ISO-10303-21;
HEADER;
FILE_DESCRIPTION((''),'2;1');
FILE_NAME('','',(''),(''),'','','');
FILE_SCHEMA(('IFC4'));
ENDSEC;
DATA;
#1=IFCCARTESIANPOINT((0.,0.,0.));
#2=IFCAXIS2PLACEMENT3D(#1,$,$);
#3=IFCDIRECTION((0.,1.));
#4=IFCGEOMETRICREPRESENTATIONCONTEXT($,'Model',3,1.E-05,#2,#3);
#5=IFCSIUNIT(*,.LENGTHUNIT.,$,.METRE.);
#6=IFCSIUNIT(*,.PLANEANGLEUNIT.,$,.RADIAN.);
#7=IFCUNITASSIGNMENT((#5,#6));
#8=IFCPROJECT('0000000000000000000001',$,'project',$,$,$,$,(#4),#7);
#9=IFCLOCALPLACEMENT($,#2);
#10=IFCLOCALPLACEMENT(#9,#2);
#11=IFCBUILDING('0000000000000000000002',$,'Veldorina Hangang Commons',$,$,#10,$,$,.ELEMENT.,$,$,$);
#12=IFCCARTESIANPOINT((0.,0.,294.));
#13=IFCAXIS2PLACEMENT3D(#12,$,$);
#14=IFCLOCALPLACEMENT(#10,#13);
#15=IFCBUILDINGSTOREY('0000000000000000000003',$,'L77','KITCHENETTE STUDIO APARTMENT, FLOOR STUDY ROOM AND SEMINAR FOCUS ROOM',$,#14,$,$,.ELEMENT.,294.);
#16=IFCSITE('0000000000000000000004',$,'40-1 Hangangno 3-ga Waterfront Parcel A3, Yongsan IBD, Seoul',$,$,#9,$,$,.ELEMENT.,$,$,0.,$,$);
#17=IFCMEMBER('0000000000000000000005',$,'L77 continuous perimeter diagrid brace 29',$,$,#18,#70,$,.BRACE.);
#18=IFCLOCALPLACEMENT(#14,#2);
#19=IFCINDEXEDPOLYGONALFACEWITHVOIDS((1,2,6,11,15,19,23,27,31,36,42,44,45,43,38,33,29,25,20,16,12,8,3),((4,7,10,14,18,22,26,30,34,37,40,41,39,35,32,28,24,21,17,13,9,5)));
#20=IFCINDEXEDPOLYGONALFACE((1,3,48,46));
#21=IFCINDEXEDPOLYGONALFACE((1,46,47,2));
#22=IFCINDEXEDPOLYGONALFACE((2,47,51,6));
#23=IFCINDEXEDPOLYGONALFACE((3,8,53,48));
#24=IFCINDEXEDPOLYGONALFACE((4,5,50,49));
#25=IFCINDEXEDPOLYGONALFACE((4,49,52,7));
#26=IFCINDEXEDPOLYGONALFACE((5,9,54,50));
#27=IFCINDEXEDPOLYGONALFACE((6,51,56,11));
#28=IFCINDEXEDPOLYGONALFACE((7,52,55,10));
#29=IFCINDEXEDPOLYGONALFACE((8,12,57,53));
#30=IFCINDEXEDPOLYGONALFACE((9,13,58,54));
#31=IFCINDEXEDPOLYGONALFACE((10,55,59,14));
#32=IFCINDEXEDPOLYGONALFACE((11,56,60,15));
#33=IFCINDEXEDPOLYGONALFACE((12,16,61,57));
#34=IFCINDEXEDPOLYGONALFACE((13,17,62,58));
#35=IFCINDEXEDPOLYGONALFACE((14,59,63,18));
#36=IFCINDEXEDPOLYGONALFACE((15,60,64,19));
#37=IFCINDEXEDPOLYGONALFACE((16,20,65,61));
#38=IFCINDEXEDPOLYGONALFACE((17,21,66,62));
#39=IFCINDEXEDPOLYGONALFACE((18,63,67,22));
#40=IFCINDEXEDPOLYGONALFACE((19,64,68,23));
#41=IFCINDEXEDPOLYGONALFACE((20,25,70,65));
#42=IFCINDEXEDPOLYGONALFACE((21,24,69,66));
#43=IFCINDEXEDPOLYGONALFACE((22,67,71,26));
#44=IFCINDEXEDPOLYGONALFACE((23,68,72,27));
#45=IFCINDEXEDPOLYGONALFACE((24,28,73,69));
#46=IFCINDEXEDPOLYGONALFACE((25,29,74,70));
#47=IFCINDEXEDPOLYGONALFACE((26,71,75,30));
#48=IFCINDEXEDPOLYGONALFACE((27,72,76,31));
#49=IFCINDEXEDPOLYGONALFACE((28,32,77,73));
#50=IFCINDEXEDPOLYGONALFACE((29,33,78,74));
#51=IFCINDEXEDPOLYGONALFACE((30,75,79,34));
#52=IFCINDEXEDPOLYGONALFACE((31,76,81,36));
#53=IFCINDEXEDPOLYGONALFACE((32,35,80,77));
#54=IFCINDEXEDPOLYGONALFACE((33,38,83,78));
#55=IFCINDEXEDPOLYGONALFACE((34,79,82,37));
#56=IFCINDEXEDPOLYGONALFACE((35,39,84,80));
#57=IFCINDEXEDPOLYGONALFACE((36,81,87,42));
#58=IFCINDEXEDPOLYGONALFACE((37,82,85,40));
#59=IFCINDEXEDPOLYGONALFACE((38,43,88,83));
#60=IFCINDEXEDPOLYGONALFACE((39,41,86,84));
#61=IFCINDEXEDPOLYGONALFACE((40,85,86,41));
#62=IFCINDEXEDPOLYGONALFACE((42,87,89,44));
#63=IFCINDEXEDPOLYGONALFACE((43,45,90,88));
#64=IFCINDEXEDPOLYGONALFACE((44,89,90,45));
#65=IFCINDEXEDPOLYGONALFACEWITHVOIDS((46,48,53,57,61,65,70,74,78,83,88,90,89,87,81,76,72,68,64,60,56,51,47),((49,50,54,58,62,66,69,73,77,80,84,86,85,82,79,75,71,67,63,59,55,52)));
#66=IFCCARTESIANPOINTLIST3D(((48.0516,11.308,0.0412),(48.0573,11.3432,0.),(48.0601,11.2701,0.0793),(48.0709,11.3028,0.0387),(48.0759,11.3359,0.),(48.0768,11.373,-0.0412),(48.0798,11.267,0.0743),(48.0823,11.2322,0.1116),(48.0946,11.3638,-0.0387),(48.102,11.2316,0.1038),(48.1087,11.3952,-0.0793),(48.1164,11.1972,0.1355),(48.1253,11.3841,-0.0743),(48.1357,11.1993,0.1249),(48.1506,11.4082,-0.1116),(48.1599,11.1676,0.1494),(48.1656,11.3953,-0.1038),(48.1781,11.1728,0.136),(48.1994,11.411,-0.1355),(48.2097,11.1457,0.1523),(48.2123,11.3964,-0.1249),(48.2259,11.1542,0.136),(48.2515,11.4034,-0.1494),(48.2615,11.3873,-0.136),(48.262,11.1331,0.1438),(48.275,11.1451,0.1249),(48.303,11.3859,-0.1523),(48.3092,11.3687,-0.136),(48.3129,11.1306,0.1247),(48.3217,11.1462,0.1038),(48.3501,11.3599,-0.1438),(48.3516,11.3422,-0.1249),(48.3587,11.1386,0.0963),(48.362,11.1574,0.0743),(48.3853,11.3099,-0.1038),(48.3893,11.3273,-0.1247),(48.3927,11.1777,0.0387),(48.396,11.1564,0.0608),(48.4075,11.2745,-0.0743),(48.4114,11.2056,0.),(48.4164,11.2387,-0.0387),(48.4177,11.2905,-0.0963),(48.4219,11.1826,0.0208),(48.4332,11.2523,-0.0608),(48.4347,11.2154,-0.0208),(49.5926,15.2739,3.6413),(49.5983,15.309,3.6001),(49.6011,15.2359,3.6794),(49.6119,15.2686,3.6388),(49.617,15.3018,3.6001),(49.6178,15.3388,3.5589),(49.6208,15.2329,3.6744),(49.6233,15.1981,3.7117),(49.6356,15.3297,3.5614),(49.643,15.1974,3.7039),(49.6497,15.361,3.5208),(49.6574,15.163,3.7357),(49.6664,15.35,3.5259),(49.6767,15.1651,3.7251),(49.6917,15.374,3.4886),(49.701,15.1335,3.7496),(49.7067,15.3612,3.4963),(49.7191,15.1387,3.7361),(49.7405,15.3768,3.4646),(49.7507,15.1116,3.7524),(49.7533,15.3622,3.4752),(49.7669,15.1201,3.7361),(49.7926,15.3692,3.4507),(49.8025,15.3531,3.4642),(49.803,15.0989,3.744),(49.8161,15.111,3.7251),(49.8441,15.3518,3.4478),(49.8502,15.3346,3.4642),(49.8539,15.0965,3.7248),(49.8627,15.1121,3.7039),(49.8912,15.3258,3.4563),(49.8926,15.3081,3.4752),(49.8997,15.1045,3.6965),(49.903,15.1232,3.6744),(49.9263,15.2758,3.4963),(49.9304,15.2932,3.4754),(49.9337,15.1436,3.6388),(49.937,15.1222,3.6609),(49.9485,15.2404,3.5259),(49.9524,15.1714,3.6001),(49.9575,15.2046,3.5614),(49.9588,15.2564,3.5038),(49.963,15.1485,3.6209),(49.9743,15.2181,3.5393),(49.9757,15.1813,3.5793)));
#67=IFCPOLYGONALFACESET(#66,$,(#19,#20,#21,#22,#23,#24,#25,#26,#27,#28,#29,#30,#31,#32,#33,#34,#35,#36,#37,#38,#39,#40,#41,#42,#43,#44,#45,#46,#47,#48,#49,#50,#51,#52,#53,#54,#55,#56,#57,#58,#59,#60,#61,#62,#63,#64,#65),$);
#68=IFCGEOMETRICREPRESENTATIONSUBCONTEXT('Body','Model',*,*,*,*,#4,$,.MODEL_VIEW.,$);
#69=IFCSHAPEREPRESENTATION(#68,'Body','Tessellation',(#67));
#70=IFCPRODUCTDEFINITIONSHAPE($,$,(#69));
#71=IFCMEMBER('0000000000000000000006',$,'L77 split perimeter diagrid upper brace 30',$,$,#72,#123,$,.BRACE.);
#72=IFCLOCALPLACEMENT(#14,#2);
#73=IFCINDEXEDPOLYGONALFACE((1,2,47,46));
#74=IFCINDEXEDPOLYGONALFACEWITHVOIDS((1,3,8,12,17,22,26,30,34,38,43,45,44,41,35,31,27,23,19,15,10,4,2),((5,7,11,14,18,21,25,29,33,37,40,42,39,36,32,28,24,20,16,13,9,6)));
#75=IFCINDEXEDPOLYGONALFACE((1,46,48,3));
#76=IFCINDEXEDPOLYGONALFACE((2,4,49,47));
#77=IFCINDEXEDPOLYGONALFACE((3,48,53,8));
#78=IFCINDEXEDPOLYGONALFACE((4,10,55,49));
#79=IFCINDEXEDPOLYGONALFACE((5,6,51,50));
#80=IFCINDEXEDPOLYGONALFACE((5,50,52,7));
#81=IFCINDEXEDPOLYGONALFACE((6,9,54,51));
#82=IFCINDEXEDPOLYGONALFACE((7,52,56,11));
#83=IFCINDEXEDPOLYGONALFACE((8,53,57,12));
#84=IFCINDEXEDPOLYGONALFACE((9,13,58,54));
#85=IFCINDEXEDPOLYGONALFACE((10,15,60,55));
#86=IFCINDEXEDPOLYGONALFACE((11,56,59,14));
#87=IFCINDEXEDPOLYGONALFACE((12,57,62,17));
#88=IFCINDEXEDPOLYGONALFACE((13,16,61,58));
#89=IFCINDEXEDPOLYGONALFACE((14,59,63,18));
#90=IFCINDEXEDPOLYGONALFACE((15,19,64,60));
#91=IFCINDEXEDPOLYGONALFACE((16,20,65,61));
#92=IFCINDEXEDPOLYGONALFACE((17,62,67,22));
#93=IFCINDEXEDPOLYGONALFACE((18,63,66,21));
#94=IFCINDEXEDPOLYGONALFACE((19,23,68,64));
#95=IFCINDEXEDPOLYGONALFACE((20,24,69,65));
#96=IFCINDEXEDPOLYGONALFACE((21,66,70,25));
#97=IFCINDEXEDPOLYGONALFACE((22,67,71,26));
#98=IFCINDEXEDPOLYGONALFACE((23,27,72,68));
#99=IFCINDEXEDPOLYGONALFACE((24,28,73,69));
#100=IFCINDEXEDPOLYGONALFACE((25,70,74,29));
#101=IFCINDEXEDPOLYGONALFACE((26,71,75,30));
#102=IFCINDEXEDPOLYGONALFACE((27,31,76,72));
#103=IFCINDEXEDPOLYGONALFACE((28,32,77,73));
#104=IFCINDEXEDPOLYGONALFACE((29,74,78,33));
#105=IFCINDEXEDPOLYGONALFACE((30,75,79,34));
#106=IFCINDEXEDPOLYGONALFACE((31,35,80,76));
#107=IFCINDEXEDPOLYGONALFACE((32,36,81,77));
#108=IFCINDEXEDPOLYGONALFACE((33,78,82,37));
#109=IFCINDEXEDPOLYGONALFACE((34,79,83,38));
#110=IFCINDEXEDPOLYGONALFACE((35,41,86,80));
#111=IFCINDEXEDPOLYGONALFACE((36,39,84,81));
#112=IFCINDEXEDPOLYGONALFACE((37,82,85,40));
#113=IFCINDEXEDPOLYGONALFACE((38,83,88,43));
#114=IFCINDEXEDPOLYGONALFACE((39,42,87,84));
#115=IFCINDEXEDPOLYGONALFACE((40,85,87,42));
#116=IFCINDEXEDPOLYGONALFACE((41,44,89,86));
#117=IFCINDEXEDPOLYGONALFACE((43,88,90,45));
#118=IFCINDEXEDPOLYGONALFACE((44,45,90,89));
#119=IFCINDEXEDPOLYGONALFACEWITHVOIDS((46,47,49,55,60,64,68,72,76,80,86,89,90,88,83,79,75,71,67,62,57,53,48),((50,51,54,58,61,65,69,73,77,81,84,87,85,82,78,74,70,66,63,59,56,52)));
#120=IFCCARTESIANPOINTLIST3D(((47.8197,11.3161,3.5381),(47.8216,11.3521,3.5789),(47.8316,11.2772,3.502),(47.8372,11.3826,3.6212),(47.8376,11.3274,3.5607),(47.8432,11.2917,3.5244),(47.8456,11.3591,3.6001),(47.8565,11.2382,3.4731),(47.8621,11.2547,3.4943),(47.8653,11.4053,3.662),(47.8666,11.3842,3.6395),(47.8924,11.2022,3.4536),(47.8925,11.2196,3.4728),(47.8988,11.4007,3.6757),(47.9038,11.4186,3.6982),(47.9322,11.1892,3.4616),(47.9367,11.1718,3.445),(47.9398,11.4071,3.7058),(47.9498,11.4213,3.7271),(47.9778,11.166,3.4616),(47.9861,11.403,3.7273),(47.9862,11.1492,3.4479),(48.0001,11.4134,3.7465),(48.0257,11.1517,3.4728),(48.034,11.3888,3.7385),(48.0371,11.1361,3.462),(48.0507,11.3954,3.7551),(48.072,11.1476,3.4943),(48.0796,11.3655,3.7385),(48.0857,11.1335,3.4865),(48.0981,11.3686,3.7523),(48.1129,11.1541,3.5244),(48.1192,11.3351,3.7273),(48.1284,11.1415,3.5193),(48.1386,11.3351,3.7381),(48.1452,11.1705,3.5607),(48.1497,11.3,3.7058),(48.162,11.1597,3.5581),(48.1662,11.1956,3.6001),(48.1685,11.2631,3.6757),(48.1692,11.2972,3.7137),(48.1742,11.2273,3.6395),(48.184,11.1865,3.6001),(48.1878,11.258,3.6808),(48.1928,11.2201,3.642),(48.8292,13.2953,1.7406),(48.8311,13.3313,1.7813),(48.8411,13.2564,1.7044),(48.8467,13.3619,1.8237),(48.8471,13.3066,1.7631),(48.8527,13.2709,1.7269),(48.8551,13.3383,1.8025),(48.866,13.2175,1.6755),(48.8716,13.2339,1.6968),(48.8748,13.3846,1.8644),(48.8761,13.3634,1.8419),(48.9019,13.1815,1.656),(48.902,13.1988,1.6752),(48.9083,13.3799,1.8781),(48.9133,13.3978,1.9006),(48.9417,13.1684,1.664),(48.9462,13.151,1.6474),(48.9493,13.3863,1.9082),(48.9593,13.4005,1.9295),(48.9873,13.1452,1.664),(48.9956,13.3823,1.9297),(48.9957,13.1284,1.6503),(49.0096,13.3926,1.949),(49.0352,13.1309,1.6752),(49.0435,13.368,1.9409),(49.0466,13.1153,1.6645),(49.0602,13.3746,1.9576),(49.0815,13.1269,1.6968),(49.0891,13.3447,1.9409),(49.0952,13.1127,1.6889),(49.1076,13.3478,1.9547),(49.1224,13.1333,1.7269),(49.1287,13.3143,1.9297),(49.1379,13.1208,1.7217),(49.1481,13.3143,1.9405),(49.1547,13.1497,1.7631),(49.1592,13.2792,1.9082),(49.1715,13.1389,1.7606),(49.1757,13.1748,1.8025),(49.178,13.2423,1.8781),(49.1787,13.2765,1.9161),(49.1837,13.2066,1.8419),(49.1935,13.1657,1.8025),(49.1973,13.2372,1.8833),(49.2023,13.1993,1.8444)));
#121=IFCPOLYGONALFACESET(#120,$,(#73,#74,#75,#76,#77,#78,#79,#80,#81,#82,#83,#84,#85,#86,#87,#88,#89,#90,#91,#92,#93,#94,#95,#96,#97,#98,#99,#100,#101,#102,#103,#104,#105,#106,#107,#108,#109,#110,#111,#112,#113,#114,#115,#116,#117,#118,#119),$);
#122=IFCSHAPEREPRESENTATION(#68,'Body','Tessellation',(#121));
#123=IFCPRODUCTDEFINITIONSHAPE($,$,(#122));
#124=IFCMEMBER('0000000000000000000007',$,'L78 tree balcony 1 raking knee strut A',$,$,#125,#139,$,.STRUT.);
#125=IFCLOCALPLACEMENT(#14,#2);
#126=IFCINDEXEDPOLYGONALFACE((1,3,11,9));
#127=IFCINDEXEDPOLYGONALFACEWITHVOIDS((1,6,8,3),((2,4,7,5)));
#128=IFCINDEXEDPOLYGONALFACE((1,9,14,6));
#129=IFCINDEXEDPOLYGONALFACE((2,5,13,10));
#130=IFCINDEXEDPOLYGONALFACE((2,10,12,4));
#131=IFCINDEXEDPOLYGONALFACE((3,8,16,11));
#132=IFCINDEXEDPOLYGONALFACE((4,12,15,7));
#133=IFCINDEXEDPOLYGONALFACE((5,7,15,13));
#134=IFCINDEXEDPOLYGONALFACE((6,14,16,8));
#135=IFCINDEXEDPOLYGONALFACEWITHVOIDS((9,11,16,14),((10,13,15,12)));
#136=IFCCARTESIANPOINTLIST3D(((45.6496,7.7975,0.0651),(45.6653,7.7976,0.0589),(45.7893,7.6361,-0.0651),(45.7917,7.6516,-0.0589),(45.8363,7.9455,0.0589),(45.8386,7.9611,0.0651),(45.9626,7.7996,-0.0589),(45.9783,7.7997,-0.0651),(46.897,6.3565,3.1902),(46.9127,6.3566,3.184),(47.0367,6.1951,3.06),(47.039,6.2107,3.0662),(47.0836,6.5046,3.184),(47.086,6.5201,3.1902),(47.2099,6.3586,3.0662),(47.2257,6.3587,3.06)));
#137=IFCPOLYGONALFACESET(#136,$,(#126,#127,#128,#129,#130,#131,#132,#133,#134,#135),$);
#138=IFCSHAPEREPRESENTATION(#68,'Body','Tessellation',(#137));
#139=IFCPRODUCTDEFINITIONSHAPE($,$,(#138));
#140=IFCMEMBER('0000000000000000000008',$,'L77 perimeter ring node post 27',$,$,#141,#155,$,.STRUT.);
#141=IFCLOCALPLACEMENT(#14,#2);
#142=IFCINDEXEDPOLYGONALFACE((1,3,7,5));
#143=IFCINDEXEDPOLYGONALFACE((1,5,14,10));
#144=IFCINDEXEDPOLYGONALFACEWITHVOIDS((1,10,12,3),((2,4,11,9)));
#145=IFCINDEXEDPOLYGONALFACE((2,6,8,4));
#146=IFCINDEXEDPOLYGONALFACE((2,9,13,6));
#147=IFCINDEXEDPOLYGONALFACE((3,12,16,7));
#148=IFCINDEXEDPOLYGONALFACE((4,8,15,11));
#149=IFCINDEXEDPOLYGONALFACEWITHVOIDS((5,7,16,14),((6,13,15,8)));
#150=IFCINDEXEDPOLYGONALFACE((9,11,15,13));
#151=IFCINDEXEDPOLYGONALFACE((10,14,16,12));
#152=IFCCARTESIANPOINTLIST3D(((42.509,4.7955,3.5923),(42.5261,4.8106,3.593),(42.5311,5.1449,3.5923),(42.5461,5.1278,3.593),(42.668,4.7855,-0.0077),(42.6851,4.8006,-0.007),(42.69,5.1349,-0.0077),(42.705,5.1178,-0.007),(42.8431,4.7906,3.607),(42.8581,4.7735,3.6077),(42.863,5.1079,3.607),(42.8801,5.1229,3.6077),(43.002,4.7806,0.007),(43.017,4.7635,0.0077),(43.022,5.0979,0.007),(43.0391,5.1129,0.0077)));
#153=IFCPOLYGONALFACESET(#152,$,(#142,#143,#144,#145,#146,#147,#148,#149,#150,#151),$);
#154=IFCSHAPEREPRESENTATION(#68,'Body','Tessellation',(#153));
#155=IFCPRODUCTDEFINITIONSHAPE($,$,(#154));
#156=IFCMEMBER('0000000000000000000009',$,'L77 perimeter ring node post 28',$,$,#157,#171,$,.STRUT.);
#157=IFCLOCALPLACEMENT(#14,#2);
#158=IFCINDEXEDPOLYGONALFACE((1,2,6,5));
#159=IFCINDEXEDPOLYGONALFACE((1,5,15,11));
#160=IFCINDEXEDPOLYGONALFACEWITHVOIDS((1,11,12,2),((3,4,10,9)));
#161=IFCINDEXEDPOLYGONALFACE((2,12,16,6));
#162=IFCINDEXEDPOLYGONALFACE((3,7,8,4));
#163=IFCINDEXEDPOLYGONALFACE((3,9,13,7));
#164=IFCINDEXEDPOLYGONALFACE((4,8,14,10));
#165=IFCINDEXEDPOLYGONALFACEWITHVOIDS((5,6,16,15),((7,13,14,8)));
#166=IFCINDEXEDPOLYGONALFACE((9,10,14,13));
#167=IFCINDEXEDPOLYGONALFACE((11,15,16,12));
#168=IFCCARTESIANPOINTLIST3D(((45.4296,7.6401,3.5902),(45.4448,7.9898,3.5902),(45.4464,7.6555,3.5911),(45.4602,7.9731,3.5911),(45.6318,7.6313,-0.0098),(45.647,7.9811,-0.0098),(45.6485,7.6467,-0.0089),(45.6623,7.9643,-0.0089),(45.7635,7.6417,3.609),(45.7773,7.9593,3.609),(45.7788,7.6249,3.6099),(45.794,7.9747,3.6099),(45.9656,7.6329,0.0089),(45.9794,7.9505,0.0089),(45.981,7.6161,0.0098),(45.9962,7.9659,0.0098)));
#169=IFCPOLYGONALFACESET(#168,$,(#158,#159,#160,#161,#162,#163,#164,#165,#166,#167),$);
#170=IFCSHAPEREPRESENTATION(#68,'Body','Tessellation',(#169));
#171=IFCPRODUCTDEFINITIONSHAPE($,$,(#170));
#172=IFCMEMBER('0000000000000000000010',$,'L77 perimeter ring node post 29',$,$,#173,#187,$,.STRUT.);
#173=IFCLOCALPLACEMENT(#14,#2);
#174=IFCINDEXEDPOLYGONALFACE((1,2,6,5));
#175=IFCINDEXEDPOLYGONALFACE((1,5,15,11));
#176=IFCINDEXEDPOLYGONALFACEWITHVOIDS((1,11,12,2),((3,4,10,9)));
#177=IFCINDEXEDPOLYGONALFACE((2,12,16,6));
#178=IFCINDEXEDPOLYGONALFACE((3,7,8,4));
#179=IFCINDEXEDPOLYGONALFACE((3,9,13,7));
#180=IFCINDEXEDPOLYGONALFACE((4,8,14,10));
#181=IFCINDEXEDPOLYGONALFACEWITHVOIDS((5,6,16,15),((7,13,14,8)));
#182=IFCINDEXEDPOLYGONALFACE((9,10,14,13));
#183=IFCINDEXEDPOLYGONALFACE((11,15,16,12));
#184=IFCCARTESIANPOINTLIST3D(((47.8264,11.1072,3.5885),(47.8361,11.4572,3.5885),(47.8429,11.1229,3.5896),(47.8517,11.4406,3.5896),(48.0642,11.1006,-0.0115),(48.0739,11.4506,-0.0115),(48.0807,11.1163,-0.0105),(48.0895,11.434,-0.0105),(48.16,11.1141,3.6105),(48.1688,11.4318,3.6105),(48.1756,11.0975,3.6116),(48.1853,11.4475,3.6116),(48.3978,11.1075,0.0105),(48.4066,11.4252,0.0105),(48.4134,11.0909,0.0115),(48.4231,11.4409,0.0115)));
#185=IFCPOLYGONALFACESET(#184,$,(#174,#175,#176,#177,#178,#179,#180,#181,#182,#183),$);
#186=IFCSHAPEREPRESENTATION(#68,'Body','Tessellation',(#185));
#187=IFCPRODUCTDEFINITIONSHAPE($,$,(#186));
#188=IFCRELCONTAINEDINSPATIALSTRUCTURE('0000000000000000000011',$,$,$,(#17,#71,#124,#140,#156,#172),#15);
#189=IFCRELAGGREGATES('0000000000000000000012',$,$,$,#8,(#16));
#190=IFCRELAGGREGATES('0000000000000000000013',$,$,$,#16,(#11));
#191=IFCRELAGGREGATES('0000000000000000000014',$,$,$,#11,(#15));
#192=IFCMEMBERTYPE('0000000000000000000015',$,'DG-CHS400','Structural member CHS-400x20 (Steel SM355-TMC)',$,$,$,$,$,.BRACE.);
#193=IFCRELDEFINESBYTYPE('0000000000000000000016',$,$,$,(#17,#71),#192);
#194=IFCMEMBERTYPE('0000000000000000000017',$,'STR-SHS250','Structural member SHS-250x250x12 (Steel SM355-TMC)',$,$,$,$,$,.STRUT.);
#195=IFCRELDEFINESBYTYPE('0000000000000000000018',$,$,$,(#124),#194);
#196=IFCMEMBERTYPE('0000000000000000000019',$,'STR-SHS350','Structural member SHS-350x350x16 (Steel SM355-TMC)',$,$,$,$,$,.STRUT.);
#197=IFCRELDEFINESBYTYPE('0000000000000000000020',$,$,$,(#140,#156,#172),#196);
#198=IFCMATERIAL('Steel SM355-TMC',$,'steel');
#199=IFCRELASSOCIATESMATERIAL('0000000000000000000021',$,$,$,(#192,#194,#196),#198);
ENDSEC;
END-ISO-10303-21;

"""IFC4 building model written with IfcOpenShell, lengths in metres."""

from ifc_helpers import new_model, si_unit, direction, frame, origin, origin_2d, place, context, subcontext, project, spatial, hollow_rectangle, hollow_circle, extrude, material, material_profile, profile_set, type_object, element, save


model = new_model("IFC4")

# Units and contexts
model_context = context("Model", 3, precision=1e-05, world=origin(), true_north=direction((0.0, 1.0)))
body_context = subcontext(model_context, "Body", "Model", "MODEL_VIEW")
ifc_project = project(units=[si_unit("LENGTHUNIT", "METRE"), si_unit("PLANEANGLEUNIT", "RADIAN")], contexts=[model_context])

# Site, building, storey
site_placement = place(None, origin())
site = spatial("IfcSite", under=ifc_project, at=site_placement, Name="40-1 Hangangno 3-ga Waterfront Parcel A3, Yongsan IBD, Seoul", CompositionType="ELEMENT", RefElevation=0.0)
building_placement = place(site_placement, origin())
building = spatial("IfcBuilding", under=site, at=building_placement, Name="Veldorina Hangang Commons", CompositionType="ELEMENT")
storey_placement = place(building_placement, frame((0.0, 0.0, 294.0)))
storey = spatial("IfcBuildingStorey", under=building, at=storey_placement, Name="L77", Description="KITCHENETTE STUDIO APARTMENT, FLOOR STUDY ROOM AND SEMINAR FOCUS ROOM", CompositionType="ELEMENT", Elevation=294.0)

# Shared definitions
ifc_material_1 = material(Name="Steel SM355-TMC", Category="steel")

# Members
ifc_material_profile_1 = material_profile(ifc_material_1, hollow_circle(Radius=0.2, WallThickness=0.02, at=origin_2d()), Name="CHS-400x20")
ifc_profile_set_1 = profile_set([ifc_material_profile_1], Name="Steel SM355-TMC")
member_type_1 = type_object("IfcMemberType", Name="DG-CHS400", Description="Structural member CHS-400x20 (Steel SM355-TMC)", PredefinedType="BRACE", material=ifc_profile_set_1)
member_1_placement = place(storey_placement, frame((48.2437, 11.2708, 0.0), z_axis=(0.276493, 0.711558, 0.645939), x_axis=(-0.932104, 0.362191, 0.0)))
element("IfcMember", 1, at=member_1_placement, inside=storey, type_object=member_type_1, Name="L77 continuous perimeter diagrid brace 29", PredefinedType="BRACE", context=body_context, shape_type="SweptSolid", body=[
    extrude(hollow_circle(Radius=0.2, WallThickness=0.02, at=origin_2d()), origin(), (0.0, 0.0, 1.0), 5.5735),
])
member_2_placement = place(storey_placement, frame((49.0154, 13.2566, 1.8025), z_axis=(-0.353231, -0.692538, 0.628982), x_axis=(0.890816, -0.454364, 0.0)))
element("IfcMember", 2, at=member_2_placement, inside=storey, type_object=member_type_1, Name="L77 split perimeter diagrid upper brace 30", PredefinedType="BRACE", context=body_context, shape_type="SweptSolid", body=[
    extrude(hollow_circle(Radius=0.2, WallThickness=0.02, at=origin_2d()), origin(), (0.0, 0.0, 1.0), 2.8579),
])
ifc_material_profile_2 = material_profile(ifc_material_1, hollow_rectangle(XDim=0.25, YDim=0.25, WallThickness=0.012, at=origin_2d()), Name="SHS-250x250x12")
ifc_profile_set_2 = profile_set([ifc_material_profile_2], Name="Steel SM355-TMC")
member_type_2 = type_object("IfcMemberType", Name="STR-SHS250", Description="Structural member SHS-250x250x12 (Steel SM355-TMC)", PredefinedType="STRUT", material=ifc_profile_set_2)
member_3_placement = place(storey_placement, frame((45.814, 7.7986, 0.0), z_axis=(0.34077, -0.393663, 0.853759), x_axis=(0.756074, 0.654487, 0.0)))
element("IfcMember", 3, at=member_3_placement, inside=storey, type_object=member_type_2, Name="L78 tree balcony 1 raking knee strut A", PredefinedType="STRUT", context=body_context, shape_type="SweptSolid", body=[
    extrude(hollow_rectangle(XDim=0.25, YDim=0.25, WallThickness=0.012, at=origin_2d()), origin(), (0.0, 0.0, 1.0), 3.6604),
])
ifc_material_profile_3 = material_profile(ifc_material_1, hollow_rectangle(XDim=0.3501, YDim=0.3501, WallThickness=0.0161, at=origin_2d()), Name="SHS-350x350x16")
ifc_profile_set_3 = profile_set([ifc_material_profile_3], Name="Steel SM355-TMC")
member_type_3 = type_object("IfcMemberType", Name="STR-SHS350", Description="Structural member SHS-350x350x16 (Steel SM355-TMC)", PredefinedType="STRUT", material=ifc_profile_set_3)
member_4_placement = place(storey_placement, frame((42.8535, 4.9492, 0.0), z_axis=(-0.044104, 0.002778, 0.999023), x_axis=(-0.062855, -0.998023, 0.0)))
element("IfcMember", 4, at=member_4_placement, inside=storey, type_object=member_type_3, Name="L77 perimeter ring node post 27", PredefinedType="STRUT", context=body_context, shape_type="SweptSolid", body=[
    extrude(hollow_rectangle(XDim=0.3501, YDim=0.3501, WallThickness=0.0161, at=origin_2d()), origin(), (0.0, 0.0, 1.0), 3.6035),
])
member_5_placement = place(storey_placement, frame((45.814, 7.7986, 0.0), z_axis=(-0.056062, 0.002437, 0.998424), x_axis=(-0.043437, -0.999056, 0.0)))
element("IfcMember", 5, at=member_5_placement, inside=storey, type_object=member_type_3, Name="L77 perimeter ring node post 28", PredefinedType="STRUT", context=body_context, shape_type="SweptSolid", body=[
    extrude(hollow_rectangle(XDim=0.3501, YDim=0.3501, WallThickness=0.0161, at=origin_2d()), origin(), (0.0, 0.0, 1.0), 3.6057),
])
member_6_placement = place(storey_placement, frame((48.2437, 11.2708, 0.0), z_axis=(-0.065908, 0.001827, 0.997824), x_axis=(-0.02771, -0.999616, 0.0)))
element("IfcMember", 6, at=member_6_placement, inside=storey, type_object=member_type_3, Name="L77 perimeter ring node post 29", PredefinedType="STRUT", context=body_context, shape_type="SweptSolid", body=[
    extrude(hollow_rectangle(XDim=0.3501, YDim=0.3501, WallThickness=0.0161, at=origin_2d()), origin(), (0.0, 0.0, 1.0), 3.6079),
])

save(model, "model.ifc")
